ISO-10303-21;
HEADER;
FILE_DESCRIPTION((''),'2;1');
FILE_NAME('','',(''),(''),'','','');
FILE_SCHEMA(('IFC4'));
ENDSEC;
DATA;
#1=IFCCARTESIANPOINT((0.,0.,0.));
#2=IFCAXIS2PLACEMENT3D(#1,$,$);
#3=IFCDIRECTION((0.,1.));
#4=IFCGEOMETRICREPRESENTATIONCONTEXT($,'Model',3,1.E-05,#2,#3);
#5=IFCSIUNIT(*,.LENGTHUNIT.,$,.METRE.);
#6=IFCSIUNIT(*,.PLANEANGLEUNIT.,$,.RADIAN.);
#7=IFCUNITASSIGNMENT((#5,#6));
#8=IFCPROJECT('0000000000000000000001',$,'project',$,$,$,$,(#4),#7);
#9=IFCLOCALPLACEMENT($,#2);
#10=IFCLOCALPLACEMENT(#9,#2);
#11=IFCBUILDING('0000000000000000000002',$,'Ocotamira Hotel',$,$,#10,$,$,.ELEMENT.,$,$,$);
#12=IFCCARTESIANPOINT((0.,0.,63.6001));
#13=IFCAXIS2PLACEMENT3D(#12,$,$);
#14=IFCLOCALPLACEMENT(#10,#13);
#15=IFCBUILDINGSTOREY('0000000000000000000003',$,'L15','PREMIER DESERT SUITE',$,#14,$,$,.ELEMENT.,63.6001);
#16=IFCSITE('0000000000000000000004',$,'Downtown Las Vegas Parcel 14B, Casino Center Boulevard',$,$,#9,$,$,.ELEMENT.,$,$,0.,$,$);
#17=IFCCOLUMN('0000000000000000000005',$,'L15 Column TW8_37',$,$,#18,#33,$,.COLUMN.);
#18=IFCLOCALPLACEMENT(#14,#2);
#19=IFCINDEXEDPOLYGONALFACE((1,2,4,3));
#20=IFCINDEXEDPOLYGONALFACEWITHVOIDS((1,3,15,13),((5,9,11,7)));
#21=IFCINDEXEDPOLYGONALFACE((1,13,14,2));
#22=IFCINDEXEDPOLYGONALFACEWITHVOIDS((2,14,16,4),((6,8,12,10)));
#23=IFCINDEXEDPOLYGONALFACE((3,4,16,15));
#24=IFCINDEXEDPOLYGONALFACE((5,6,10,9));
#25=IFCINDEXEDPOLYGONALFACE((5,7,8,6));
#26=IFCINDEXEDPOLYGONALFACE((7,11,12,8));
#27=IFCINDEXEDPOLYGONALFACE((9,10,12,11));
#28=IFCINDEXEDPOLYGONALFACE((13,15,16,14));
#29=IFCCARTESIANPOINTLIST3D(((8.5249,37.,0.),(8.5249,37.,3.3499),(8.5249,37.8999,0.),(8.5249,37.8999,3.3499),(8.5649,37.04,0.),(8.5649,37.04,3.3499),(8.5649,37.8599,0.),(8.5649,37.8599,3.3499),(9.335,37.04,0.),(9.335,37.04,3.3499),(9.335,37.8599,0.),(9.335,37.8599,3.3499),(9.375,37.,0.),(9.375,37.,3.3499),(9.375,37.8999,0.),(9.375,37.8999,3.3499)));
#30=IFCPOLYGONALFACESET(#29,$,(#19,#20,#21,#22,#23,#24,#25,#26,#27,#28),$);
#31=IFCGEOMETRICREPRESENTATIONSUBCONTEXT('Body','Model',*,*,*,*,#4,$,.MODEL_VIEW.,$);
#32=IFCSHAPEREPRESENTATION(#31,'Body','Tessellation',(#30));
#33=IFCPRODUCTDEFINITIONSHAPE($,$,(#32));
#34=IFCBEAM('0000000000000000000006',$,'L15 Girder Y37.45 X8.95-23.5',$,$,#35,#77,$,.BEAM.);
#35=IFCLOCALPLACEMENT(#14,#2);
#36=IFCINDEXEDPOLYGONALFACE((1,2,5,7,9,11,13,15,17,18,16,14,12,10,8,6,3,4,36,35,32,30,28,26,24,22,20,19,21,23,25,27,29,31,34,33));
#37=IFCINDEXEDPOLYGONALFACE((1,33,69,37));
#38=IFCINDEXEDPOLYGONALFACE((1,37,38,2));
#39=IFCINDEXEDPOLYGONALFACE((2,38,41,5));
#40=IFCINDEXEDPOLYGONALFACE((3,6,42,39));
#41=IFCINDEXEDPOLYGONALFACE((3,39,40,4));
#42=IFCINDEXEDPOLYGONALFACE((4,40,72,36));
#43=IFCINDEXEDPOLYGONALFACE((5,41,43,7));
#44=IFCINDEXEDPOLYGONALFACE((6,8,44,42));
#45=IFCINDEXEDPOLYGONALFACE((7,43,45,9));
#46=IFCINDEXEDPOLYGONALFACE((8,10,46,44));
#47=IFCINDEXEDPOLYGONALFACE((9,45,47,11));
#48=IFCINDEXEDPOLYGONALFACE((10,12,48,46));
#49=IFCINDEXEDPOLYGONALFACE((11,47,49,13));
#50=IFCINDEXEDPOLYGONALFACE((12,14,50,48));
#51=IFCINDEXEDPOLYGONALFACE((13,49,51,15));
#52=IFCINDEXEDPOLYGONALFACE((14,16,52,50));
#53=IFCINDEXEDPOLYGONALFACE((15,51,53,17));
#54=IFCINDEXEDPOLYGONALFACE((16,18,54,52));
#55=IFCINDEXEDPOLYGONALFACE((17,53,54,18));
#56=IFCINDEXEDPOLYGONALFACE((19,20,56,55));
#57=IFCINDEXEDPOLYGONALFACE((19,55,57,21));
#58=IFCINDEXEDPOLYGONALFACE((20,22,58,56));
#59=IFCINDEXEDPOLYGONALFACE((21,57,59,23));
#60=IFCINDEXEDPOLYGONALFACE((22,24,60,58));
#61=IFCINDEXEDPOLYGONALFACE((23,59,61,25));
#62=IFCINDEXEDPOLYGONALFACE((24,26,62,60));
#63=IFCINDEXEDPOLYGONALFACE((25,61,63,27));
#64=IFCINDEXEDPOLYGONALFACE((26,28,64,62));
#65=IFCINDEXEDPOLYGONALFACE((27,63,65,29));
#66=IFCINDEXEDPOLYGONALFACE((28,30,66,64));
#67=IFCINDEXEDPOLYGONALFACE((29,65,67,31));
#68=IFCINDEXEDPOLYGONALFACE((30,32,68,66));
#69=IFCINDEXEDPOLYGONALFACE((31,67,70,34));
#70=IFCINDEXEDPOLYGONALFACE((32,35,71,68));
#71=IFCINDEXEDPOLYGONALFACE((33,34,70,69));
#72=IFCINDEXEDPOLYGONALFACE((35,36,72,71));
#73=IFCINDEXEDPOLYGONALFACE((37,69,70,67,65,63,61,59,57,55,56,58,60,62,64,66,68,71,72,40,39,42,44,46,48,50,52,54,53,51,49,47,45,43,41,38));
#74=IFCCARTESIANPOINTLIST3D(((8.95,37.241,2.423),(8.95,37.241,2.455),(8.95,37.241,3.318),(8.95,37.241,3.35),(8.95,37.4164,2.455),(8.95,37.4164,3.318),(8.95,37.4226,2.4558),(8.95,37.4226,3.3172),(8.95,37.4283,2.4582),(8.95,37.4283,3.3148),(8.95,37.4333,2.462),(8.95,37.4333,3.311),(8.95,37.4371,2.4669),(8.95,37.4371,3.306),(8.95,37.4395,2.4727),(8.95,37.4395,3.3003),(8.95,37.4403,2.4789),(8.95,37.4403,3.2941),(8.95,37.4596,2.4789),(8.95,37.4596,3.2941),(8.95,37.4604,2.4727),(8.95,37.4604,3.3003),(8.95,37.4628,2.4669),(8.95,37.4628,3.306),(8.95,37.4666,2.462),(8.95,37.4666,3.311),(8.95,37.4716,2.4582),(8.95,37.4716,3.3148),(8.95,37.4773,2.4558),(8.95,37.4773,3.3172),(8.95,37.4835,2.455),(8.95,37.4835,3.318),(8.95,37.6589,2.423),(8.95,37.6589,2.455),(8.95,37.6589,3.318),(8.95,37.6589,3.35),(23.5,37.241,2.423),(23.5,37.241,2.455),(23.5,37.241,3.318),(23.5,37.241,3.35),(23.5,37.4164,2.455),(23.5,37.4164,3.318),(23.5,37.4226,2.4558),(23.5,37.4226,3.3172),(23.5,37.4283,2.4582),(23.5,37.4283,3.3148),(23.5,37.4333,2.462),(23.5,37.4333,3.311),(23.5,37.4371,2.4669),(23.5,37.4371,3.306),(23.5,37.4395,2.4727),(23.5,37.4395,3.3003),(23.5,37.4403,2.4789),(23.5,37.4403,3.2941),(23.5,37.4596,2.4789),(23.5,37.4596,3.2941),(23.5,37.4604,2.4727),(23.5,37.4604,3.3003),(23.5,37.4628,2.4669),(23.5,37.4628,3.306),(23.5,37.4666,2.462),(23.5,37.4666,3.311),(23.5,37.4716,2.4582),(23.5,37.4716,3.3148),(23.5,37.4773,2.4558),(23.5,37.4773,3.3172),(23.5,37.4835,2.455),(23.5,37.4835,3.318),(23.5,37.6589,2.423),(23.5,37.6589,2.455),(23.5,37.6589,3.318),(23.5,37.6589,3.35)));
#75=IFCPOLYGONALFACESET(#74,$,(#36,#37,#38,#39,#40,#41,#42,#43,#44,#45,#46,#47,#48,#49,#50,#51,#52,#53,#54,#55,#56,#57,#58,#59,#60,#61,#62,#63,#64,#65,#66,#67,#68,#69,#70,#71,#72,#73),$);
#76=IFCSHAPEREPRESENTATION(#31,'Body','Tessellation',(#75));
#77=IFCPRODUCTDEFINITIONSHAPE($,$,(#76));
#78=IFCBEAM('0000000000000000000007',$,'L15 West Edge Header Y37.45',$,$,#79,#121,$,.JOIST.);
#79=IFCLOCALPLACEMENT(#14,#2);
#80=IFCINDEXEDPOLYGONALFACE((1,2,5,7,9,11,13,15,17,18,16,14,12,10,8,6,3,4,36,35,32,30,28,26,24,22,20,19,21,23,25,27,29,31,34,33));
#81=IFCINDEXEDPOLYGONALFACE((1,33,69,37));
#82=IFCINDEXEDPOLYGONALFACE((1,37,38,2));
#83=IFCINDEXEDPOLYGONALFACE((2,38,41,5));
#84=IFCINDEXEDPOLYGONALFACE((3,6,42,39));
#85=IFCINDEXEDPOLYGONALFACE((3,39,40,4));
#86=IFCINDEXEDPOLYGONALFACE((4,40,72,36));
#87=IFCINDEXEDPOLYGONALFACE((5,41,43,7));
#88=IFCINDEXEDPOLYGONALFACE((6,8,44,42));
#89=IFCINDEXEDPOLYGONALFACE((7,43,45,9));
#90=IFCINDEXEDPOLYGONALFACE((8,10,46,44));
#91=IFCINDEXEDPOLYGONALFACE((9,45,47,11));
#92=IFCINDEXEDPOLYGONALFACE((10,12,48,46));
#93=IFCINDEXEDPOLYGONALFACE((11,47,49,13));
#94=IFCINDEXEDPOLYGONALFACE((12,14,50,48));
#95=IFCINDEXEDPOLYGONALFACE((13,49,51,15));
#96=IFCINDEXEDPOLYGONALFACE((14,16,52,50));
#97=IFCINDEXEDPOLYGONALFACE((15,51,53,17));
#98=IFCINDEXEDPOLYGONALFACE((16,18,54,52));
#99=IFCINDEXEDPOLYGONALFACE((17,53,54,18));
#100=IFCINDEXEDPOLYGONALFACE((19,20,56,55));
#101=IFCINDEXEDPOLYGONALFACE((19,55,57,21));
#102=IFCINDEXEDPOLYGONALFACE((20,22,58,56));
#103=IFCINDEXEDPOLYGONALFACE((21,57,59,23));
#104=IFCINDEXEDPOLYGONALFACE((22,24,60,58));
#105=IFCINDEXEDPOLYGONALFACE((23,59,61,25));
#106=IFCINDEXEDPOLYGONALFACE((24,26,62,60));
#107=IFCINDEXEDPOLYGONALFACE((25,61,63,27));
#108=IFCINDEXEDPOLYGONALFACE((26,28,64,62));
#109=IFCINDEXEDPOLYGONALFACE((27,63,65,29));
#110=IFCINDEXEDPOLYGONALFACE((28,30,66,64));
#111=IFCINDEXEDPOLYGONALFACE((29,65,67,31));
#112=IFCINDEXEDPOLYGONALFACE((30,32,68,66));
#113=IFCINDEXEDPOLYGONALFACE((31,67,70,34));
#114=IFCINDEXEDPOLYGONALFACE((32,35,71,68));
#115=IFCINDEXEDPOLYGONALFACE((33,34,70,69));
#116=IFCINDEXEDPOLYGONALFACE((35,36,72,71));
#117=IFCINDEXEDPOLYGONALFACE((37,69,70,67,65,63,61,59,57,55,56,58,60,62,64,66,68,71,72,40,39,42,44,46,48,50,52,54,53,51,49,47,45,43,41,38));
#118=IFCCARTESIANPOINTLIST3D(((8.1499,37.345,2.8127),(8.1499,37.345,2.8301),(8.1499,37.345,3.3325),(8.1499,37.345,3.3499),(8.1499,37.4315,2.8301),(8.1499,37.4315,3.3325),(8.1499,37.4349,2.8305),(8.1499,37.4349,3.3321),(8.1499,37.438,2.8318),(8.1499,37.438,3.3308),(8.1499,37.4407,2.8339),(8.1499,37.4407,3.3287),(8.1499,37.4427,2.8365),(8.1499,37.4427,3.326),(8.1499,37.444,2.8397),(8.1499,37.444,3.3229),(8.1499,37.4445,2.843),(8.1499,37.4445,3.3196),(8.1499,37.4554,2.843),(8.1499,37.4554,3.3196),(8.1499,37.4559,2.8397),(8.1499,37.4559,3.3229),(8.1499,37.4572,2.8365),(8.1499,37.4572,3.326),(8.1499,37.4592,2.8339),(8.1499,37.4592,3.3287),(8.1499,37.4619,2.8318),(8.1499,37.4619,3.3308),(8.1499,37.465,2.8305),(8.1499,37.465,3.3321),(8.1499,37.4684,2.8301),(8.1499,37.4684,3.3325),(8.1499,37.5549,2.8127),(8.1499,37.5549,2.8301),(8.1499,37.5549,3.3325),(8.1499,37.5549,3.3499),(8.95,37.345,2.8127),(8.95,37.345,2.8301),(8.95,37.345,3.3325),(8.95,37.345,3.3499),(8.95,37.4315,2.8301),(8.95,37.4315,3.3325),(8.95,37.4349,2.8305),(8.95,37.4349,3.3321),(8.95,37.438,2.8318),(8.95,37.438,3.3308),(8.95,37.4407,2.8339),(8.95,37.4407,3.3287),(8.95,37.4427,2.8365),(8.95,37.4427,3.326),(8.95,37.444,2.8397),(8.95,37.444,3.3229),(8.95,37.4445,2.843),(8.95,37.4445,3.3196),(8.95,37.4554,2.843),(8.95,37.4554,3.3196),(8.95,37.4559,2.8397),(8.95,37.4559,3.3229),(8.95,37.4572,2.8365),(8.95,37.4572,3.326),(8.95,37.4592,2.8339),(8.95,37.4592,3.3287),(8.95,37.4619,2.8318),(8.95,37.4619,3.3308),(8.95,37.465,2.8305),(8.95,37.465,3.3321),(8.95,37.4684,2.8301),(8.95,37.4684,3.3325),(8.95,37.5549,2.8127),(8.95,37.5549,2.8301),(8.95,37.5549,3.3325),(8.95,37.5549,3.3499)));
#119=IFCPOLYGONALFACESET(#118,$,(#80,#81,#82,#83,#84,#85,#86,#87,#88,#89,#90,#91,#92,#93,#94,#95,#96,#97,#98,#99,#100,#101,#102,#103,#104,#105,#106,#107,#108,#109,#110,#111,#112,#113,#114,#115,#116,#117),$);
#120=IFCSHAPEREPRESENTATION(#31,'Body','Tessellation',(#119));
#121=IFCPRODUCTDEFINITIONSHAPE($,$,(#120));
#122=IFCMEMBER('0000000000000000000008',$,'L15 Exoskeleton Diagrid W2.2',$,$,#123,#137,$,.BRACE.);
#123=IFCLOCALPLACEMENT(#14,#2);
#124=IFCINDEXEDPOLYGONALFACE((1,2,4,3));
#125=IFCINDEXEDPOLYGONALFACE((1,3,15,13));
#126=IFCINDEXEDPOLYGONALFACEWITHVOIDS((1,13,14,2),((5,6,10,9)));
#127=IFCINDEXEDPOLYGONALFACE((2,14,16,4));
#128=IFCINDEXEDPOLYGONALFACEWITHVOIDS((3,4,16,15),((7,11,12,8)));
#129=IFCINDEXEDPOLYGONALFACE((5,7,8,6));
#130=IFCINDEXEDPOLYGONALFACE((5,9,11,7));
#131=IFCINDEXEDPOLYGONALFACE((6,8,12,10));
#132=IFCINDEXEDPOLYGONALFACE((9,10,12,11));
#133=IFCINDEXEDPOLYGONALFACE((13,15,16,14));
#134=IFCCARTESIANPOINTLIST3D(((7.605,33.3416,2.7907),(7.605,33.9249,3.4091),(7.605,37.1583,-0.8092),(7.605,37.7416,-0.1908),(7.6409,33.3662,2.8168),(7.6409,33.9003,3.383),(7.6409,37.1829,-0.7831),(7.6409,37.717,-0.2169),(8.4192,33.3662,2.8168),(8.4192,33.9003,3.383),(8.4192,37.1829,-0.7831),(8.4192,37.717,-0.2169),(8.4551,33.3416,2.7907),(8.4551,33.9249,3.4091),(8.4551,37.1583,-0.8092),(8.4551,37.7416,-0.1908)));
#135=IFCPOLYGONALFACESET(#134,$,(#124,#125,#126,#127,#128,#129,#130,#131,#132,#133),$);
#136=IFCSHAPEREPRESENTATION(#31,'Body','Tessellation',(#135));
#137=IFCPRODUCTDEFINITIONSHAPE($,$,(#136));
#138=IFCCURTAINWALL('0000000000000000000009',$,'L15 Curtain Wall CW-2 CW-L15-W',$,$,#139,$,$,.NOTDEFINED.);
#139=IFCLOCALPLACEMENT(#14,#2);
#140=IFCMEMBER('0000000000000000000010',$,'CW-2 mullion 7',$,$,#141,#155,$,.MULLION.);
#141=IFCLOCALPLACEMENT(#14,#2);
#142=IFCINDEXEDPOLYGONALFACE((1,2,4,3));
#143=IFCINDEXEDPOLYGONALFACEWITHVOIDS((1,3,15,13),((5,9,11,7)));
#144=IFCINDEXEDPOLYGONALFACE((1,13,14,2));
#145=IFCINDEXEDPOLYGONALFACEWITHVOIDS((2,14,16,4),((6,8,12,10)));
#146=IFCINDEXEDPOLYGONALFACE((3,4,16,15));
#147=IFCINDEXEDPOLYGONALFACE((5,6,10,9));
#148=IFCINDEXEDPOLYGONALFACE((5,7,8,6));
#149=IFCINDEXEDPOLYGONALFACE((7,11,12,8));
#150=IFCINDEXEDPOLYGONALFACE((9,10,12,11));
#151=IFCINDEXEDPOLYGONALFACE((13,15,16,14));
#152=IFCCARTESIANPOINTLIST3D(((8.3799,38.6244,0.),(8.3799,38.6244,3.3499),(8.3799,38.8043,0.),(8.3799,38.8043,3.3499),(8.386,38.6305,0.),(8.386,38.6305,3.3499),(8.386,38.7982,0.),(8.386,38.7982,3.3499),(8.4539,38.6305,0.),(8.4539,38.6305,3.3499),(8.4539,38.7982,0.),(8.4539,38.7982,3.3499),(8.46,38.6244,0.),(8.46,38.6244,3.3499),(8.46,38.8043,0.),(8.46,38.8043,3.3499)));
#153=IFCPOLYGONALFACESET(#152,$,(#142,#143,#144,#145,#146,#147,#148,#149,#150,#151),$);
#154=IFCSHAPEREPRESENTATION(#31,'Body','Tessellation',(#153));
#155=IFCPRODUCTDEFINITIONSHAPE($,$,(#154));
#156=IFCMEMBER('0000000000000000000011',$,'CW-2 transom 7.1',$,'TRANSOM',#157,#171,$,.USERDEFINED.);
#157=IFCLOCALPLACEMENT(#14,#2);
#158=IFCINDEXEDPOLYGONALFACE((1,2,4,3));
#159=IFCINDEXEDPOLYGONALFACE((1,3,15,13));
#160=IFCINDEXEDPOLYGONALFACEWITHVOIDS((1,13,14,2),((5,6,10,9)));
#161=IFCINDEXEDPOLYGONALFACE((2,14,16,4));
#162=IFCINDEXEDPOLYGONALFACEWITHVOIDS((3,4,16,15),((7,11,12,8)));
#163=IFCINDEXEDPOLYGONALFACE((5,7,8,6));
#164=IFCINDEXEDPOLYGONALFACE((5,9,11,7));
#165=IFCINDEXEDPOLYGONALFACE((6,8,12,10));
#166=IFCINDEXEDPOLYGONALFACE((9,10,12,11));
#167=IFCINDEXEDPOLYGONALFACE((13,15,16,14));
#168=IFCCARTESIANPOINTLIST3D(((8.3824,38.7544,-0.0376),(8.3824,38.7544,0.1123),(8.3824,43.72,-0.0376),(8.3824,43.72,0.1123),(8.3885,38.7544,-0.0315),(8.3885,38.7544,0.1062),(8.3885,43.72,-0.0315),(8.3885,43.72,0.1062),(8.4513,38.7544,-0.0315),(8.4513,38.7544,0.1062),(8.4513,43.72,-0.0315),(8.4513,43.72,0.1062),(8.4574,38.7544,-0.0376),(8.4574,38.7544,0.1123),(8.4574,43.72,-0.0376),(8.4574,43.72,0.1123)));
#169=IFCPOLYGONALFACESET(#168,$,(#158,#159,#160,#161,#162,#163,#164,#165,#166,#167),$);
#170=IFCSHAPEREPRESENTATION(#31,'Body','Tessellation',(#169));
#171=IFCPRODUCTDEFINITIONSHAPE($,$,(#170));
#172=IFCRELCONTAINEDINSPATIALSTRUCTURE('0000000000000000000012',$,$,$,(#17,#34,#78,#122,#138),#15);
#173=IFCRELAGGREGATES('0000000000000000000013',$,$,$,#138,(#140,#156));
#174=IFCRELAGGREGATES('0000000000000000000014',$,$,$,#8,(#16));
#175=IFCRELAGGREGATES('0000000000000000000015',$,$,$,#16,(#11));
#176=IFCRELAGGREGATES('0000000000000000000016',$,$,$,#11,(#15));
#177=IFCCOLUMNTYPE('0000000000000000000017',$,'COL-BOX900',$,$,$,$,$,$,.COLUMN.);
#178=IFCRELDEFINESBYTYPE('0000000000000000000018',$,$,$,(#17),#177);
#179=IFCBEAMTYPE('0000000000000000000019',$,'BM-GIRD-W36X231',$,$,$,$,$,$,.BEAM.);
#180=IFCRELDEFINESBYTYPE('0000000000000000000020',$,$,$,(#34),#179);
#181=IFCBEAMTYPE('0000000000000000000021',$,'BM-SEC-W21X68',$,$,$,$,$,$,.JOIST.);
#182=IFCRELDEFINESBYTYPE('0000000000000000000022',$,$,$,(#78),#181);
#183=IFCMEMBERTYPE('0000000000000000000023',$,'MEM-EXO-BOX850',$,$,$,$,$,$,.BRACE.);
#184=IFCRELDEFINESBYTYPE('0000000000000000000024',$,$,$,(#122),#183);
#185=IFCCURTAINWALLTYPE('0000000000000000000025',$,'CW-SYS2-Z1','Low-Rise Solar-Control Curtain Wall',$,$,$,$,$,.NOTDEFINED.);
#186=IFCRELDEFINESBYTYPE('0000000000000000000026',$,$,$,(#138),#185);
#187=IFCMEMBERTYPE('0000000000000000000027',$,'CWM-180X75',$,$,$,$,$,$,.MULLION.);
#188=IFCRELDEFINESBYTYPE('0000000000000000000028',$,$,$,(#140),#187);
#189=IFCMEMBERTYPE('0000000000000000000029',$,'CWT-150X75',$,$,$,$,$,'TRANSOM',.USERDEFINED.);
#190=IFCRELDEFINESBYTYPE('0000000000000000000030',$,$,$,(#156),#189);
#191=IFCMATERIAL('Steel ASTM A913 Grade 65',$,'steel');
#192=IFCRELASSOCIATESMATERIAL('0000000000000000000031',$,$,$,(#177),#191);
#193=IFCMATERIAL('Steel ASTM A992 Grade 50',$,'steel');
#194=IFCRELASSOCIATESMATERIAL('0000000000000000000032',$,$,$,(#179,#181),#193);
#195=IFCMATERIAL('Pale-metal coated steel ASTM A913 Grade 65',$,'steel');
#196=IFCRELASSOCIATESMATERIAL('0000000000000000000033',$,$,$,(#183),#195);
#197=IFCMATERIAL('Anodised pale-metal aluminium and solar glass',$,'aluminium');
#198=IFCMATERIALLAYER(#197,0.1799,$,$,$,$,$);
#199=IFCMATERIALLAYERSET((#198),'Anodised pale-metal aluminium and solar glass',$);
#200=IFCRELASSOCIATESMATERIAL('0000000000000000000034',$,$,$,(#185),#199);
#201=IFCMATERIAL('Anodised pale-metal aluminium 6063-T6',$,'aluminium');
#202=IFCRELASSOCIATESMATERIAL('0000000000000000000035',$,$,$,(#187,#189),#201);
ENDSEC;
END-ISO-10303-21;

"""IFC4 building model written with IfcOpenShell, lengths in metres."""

from ifc_helpers import new_model, si_unit, direction, frame, origin, origin_2d, place, context, subcontext, project, spatial, hollow_rectangle, i_section, extrude, source, transform, mapped, material, layer, layer_set, material_profile, profile_set, type_object, element, aggregate, save


model = new_model("IFC4")

# Units and contexts
model_context = context("Model", 3, precision=1e-05, world=origin(), true_north=direction((0.0, 1.0)))
body_context = subcontext(model_context, "Body", "Model", "MODEL_VIEW")
ifc_project = project(units=[si_unit("LENGTHUNIT", "METRE"), si_unit("PLANEANGLEUNIT", "RADIAN")], contexts=[model_context])

# Site, building, storey
site_placement = place(None, origin())
site = spatial("IfcSite", under=ifc_project, at=site_placement, Name="Downtown Las Vegas Parcel 14B, Casino Center Boulevard", CompositionType="ELEMENT", RefElevation=0.0)
building_placement = place(site_placement, origin())
building = spatial("IfcBuilding", under=site, at=building_placement, Name="Ocotamira Hotel", CompositionType="ELEMENT")
storey_placement = place(building_placement, frame((0.0, 0.0, 63.6001)))
storey = spatial("IfcBuildingStorey", under=building, at=storey_placement, Name="L15", Description="PREMIER DESERT SUITE", CompositionType="ELEMENT", Elevation=63.6001)

# Column
ifc_material_1 = material(Name="Steel ASTM A913 Grade 65", Category="steel")
ifc_material_profile_1 = material_profile(ifc_material_1, hollow_rectangle(XDim=0.8501, YDim=0.8999, WallThickness=0.04, at=origin_2d()), Name="BOX900X850X40")
ifc_profile_set_1 = profile_set([ifc_material_profile_1], Name="Steel ASTM A913 Grade 65")
column_type = type_object("IfcColumnType", Name="COL-BOX900", PredefinedType="COLUMN", material=ifc_profile_set_1)
shared_shape_1 = source(origin(), body_context, "Body", "SweptSolid", [
    extrude(hollow_rectangle(XDim=0.8501, YDim=0.8999, WallThickness=0.04, at=origin_2d()), origin(), (0.0, 0.0, 1.0), 3.3499),
])
column_placement = place(storey_placement, frame((8.95, 37.45, 0.0), z_axis=(0.0, 0.0, 1.0), x_axis=(1.0, 0.0, 0.0)))
element("IfcColumn", 1, at=column_placement, inside=storey, type_object=column_type, Name="L15 Column TW8_37", PredefinedType="COLUMN", context=body_context, shape_type="MappedRepresentation", body=[
    mapped(shared_shape_1, transform((0.0, 0.0, 0.0), scale=1.0)),
])

# Beams
ifc_material_2 = material(Name="Steel ASTM A992 Grade 50", Category="steel")
ifc_material_profile_2 = material_profile(ifc_material_2, i_section(OverallWidth=0.418, OverallDepth=0.927, WebThickness=0.0193, FlangeThickness=0.032, FilletRadius=0.0239, at=origin_2d()), Name="W36X231")
ifc_profile_set_2 = profile_set([ifc_material_profile_2], Name="Steel ASTM A992 Grade 50")
beam_type_1 = type_object("IfcBeamType", Name="BM-GIRD-W36X231", PredefinedType="BEAM", material=ifc_profile_set_2)
shared_shape_2 = source(origin(), body_context, "Body", "SweptSolid", [
    extrude(i_section(OverallWidth=0.418, OverallDepth=0.927, WebThickness=0.0193, FlangeThickness=0.032, FilletRadius=0.0239, at=origin_2d()), origin(), (0.0, 0.0, 1.0), 14.55),
])
beam_1_placement = place(storey_placement, frame((8.95, 37.45, 2.8865), z_axis=(1.0, 0.0, 0.0), x_axis=(0.0, 1.0, 0.0)))
element("IfcBeam", 2, at=beam_1_placement, inside=storey, type_object=beam_type_1, Name="L15 Girder Y37.45 X8.95-23.5", PredefinedType="BEAM", context=body_context, shape_type="MappedRepresentation", body=[
    mapped(shared_shape_2, transform((0.0, 0.0, 0.0), scale=1.0)),
])
ifc_material_profile_3 = material_profile(ifc_material_2, i_section(OverallWidth=0.21, OverallDepth=0.5371, WebThickness=0.011, FlangeThickness=0.0173, FilletRadius=0.0129, at=origin_2d()), Name="W21X68")
ifc_profile_set_3 = profile_set([ifc_material_profile_3], Name="Steel ASTM A992 Grade 50")
beam_type_2 = type_object("IfcBeamType", Name="BM-SEC-W21X68", PredefinedType="JOIST", material=ifc_profile_set_3)
shared_shape_3 = source(origin(), body_context, "Body", "SweptSolid", [
    extrude(i_section(OverallWidth=0.21, OverallDepth=0.5371, WebThickness=0.011, FlangeThickness=0.0173, FilletRadius=0.0129, at=origin_2d()), origin(), (0.0, 0.0, 1.0), 0.8),
])
beam_2_placement = place(storey_placement, frame((8.95, 37.45, 3.0813), z_axis=(-1.0, 0.0, 0.0), x_axis=(0.0, -1.0, 0.0)))
element("IfcBeam", 3, at=beam_2_placement, inside=storey, type_object=beam_type_2, Name="L15 West Edge Header Y37.45", PredefinedType="JOIST", context=body_context, shape_type="MappedRepresentation", body=[
    mapped(shared_shape_3, transform((0.0, 0.0, 0.0), scale=1.0)),
])

# Member
ifc_material_3 = material(Name="Pale-metal coated steel ASTM A913 Grade 65", Category="steel")
ifc_material_profile_4 = material_profile(ifc_material_3, hollow_rectangle(XDim=0.8501, YDim=0.8501, WallThickness=0.0359, at=origin_2d()), Name="BOX850X850X36")
ifc_profile_set_4 = profile_set([ifc_material_profile_4], Name="Pale-metal coated steel ASTM A913 Grade 65")
member_type_1 = type_object("IfcMemberType", Name="MEM-EXO-BOX850", PredefinedType="BRACE", material=ifc_profile_set_4)
shared_shape_4 = source(origin(), body_context, "Body", "SweptSolid", [
    extrude(hollow_rectangle(XDim=0.8501, YDim=0.8501, WallThickness=0.0359, at=origin_2d()), origin(), (0.0, 0.0, 1.0), 5.2466),
])
member_1_placement = place(storey_placement, frame((8.03, 37.45, -0.5), z_axis=(0.0, -0.727466, 0.686144), x_axis=(1.0, 0.0, 0.0)))
element("IfcMember", 4, at=member_1_placement, inside=storey, type_object=member_type_1, Name="L15 Exoskeleton Diagrid W2.2", PredefinedType="BRACE", context=body_context, shape_type="MappedRepresentation", body=[
    mapped(shared_shape_4, transform((0.0, 0.0, 0.0), scale=1.0)),
])

# Curtain wall, members
ifc_material_4 = material(Name="Anodised pale-metal aluminium and solar glass", Category="aluminium")
ifc_layer_1 = layer(ifc_material_4, 0.1799)
ifc_layer_set_1 = layer_set([ifc_layer_1], Name="Anodised pale-metal aluminium and solar glass")
curtain_wall_type = type_object("IfcCurtainWallType", Name="CW-SYS2-Z1", Description="Low-Rise Solar-Control Curtain Wall", PredefinedType="NOTDEFINED", material=ifc_layer_set_1)
curtain_wall_placement = place(storey_placement, origin())
curtain_wall = element("IfcCurtainWall", 5, at=curtain_wall_placement, inside=storey, type_object=curtain_wall_type, Name="L15 Curtain Wall CW-2 CW-L15-W", PredefinedType="NOTDEFINED")
ifc_material_5 = material(Name="Anodised pale-metal aluminium 6063-T6", Category="aluminium")
ifc_material_profile_5 = material_profile(ifc_material_5, hollow_rectangle(XDim=0.0801, YDim=0.1799, WallThickness=0.0061, at=origin_2d()), Name="HSS180X80X6")
ifc_profile_set_5 = profile_set([ifc_material_profile_5], Name="Anodised pale-metal aluminium 6063-T6")
member_type_2 = type_object("IfcMemberType", Name="CWM-180X75", PredefinedType="MULLION", material=ifc_profile_set_5)
shared_shape_5 = source(origin(), body_context, "Body", "SweptSolid", [
    extrude(hollow_rectangle(XDim=0.0801, YDim=0.1799, WallThickness=0.0061, at=origin_2d()), origin(), (0.0, 0.0, 1.0), 3.3499),
])
member_2_placement = place(storey_placement, frame((8.4199, 38.7144, 0.0), z_axis=(0.0, 0.0, 1.0), x_axis=(-1.0, 0.0, 0.0)))
member_2 = element("IfcMember", 6, at=member_2_placement, type_object=member_type_2, Name="CW-2 mullion 7", PredefinedType="MULLION", context=body_context, shape_type="MappedRepresentation", body=[
    mapped(shared_shape_5, transform((0.0, 0.0, 0.0), scale=1.0)),
])
ifc_material_profile_6 = material_profile(ifc_material_5, hollow_rectangle(XDim=0.075, YDim=0.1499, WallThickness=0.0061, at=origin_2d()), Name="HSS150X75X6")
ifc_profile_set_6 = profile_set([ifc_material_profile_6], Name="Anodised pale-metal aluminium 6063-T6")
member_type_3 = type_object("IfcMemberType", Name="CWT-150X75", ElementType="TRANSOM", PredefinedType="USERDEFINED", material=ifc_profile_set_6)
shared_shape_6 = source(origin(), body_context, "Body", "SweptSolid", [
    extrude(hollow_rectangle(XDim=0.075, YDim=0.1499, WallThickness=0.0061, at=origin_2d()), origin(), (0.0, 0.0, 1.0), 4.9656),
])
member_3_placement = place(storey_placement, frame((8.4199, 38.7544, 0.0374), z_axis=(0.0, 1.0, 0.0), x_axis=(-1.0, 0.0, 0.0)))
member_3 = element("IfcMember", 7, at=member_3_placement, type_object=member_type_3, Name="CW-2 transom 7.1", ObjectType="TRANSOM", PredefinedType="USERDEFINED", context=body_context, shape_type="MappedRepresentation", body=[
    mapped(shared_shape_6, transform((0.0, 0.0, 0.0), scale=1.0)),
])
aggregate(curtain_wall, [member_2, member_3])

save(model, "model.ifc")
